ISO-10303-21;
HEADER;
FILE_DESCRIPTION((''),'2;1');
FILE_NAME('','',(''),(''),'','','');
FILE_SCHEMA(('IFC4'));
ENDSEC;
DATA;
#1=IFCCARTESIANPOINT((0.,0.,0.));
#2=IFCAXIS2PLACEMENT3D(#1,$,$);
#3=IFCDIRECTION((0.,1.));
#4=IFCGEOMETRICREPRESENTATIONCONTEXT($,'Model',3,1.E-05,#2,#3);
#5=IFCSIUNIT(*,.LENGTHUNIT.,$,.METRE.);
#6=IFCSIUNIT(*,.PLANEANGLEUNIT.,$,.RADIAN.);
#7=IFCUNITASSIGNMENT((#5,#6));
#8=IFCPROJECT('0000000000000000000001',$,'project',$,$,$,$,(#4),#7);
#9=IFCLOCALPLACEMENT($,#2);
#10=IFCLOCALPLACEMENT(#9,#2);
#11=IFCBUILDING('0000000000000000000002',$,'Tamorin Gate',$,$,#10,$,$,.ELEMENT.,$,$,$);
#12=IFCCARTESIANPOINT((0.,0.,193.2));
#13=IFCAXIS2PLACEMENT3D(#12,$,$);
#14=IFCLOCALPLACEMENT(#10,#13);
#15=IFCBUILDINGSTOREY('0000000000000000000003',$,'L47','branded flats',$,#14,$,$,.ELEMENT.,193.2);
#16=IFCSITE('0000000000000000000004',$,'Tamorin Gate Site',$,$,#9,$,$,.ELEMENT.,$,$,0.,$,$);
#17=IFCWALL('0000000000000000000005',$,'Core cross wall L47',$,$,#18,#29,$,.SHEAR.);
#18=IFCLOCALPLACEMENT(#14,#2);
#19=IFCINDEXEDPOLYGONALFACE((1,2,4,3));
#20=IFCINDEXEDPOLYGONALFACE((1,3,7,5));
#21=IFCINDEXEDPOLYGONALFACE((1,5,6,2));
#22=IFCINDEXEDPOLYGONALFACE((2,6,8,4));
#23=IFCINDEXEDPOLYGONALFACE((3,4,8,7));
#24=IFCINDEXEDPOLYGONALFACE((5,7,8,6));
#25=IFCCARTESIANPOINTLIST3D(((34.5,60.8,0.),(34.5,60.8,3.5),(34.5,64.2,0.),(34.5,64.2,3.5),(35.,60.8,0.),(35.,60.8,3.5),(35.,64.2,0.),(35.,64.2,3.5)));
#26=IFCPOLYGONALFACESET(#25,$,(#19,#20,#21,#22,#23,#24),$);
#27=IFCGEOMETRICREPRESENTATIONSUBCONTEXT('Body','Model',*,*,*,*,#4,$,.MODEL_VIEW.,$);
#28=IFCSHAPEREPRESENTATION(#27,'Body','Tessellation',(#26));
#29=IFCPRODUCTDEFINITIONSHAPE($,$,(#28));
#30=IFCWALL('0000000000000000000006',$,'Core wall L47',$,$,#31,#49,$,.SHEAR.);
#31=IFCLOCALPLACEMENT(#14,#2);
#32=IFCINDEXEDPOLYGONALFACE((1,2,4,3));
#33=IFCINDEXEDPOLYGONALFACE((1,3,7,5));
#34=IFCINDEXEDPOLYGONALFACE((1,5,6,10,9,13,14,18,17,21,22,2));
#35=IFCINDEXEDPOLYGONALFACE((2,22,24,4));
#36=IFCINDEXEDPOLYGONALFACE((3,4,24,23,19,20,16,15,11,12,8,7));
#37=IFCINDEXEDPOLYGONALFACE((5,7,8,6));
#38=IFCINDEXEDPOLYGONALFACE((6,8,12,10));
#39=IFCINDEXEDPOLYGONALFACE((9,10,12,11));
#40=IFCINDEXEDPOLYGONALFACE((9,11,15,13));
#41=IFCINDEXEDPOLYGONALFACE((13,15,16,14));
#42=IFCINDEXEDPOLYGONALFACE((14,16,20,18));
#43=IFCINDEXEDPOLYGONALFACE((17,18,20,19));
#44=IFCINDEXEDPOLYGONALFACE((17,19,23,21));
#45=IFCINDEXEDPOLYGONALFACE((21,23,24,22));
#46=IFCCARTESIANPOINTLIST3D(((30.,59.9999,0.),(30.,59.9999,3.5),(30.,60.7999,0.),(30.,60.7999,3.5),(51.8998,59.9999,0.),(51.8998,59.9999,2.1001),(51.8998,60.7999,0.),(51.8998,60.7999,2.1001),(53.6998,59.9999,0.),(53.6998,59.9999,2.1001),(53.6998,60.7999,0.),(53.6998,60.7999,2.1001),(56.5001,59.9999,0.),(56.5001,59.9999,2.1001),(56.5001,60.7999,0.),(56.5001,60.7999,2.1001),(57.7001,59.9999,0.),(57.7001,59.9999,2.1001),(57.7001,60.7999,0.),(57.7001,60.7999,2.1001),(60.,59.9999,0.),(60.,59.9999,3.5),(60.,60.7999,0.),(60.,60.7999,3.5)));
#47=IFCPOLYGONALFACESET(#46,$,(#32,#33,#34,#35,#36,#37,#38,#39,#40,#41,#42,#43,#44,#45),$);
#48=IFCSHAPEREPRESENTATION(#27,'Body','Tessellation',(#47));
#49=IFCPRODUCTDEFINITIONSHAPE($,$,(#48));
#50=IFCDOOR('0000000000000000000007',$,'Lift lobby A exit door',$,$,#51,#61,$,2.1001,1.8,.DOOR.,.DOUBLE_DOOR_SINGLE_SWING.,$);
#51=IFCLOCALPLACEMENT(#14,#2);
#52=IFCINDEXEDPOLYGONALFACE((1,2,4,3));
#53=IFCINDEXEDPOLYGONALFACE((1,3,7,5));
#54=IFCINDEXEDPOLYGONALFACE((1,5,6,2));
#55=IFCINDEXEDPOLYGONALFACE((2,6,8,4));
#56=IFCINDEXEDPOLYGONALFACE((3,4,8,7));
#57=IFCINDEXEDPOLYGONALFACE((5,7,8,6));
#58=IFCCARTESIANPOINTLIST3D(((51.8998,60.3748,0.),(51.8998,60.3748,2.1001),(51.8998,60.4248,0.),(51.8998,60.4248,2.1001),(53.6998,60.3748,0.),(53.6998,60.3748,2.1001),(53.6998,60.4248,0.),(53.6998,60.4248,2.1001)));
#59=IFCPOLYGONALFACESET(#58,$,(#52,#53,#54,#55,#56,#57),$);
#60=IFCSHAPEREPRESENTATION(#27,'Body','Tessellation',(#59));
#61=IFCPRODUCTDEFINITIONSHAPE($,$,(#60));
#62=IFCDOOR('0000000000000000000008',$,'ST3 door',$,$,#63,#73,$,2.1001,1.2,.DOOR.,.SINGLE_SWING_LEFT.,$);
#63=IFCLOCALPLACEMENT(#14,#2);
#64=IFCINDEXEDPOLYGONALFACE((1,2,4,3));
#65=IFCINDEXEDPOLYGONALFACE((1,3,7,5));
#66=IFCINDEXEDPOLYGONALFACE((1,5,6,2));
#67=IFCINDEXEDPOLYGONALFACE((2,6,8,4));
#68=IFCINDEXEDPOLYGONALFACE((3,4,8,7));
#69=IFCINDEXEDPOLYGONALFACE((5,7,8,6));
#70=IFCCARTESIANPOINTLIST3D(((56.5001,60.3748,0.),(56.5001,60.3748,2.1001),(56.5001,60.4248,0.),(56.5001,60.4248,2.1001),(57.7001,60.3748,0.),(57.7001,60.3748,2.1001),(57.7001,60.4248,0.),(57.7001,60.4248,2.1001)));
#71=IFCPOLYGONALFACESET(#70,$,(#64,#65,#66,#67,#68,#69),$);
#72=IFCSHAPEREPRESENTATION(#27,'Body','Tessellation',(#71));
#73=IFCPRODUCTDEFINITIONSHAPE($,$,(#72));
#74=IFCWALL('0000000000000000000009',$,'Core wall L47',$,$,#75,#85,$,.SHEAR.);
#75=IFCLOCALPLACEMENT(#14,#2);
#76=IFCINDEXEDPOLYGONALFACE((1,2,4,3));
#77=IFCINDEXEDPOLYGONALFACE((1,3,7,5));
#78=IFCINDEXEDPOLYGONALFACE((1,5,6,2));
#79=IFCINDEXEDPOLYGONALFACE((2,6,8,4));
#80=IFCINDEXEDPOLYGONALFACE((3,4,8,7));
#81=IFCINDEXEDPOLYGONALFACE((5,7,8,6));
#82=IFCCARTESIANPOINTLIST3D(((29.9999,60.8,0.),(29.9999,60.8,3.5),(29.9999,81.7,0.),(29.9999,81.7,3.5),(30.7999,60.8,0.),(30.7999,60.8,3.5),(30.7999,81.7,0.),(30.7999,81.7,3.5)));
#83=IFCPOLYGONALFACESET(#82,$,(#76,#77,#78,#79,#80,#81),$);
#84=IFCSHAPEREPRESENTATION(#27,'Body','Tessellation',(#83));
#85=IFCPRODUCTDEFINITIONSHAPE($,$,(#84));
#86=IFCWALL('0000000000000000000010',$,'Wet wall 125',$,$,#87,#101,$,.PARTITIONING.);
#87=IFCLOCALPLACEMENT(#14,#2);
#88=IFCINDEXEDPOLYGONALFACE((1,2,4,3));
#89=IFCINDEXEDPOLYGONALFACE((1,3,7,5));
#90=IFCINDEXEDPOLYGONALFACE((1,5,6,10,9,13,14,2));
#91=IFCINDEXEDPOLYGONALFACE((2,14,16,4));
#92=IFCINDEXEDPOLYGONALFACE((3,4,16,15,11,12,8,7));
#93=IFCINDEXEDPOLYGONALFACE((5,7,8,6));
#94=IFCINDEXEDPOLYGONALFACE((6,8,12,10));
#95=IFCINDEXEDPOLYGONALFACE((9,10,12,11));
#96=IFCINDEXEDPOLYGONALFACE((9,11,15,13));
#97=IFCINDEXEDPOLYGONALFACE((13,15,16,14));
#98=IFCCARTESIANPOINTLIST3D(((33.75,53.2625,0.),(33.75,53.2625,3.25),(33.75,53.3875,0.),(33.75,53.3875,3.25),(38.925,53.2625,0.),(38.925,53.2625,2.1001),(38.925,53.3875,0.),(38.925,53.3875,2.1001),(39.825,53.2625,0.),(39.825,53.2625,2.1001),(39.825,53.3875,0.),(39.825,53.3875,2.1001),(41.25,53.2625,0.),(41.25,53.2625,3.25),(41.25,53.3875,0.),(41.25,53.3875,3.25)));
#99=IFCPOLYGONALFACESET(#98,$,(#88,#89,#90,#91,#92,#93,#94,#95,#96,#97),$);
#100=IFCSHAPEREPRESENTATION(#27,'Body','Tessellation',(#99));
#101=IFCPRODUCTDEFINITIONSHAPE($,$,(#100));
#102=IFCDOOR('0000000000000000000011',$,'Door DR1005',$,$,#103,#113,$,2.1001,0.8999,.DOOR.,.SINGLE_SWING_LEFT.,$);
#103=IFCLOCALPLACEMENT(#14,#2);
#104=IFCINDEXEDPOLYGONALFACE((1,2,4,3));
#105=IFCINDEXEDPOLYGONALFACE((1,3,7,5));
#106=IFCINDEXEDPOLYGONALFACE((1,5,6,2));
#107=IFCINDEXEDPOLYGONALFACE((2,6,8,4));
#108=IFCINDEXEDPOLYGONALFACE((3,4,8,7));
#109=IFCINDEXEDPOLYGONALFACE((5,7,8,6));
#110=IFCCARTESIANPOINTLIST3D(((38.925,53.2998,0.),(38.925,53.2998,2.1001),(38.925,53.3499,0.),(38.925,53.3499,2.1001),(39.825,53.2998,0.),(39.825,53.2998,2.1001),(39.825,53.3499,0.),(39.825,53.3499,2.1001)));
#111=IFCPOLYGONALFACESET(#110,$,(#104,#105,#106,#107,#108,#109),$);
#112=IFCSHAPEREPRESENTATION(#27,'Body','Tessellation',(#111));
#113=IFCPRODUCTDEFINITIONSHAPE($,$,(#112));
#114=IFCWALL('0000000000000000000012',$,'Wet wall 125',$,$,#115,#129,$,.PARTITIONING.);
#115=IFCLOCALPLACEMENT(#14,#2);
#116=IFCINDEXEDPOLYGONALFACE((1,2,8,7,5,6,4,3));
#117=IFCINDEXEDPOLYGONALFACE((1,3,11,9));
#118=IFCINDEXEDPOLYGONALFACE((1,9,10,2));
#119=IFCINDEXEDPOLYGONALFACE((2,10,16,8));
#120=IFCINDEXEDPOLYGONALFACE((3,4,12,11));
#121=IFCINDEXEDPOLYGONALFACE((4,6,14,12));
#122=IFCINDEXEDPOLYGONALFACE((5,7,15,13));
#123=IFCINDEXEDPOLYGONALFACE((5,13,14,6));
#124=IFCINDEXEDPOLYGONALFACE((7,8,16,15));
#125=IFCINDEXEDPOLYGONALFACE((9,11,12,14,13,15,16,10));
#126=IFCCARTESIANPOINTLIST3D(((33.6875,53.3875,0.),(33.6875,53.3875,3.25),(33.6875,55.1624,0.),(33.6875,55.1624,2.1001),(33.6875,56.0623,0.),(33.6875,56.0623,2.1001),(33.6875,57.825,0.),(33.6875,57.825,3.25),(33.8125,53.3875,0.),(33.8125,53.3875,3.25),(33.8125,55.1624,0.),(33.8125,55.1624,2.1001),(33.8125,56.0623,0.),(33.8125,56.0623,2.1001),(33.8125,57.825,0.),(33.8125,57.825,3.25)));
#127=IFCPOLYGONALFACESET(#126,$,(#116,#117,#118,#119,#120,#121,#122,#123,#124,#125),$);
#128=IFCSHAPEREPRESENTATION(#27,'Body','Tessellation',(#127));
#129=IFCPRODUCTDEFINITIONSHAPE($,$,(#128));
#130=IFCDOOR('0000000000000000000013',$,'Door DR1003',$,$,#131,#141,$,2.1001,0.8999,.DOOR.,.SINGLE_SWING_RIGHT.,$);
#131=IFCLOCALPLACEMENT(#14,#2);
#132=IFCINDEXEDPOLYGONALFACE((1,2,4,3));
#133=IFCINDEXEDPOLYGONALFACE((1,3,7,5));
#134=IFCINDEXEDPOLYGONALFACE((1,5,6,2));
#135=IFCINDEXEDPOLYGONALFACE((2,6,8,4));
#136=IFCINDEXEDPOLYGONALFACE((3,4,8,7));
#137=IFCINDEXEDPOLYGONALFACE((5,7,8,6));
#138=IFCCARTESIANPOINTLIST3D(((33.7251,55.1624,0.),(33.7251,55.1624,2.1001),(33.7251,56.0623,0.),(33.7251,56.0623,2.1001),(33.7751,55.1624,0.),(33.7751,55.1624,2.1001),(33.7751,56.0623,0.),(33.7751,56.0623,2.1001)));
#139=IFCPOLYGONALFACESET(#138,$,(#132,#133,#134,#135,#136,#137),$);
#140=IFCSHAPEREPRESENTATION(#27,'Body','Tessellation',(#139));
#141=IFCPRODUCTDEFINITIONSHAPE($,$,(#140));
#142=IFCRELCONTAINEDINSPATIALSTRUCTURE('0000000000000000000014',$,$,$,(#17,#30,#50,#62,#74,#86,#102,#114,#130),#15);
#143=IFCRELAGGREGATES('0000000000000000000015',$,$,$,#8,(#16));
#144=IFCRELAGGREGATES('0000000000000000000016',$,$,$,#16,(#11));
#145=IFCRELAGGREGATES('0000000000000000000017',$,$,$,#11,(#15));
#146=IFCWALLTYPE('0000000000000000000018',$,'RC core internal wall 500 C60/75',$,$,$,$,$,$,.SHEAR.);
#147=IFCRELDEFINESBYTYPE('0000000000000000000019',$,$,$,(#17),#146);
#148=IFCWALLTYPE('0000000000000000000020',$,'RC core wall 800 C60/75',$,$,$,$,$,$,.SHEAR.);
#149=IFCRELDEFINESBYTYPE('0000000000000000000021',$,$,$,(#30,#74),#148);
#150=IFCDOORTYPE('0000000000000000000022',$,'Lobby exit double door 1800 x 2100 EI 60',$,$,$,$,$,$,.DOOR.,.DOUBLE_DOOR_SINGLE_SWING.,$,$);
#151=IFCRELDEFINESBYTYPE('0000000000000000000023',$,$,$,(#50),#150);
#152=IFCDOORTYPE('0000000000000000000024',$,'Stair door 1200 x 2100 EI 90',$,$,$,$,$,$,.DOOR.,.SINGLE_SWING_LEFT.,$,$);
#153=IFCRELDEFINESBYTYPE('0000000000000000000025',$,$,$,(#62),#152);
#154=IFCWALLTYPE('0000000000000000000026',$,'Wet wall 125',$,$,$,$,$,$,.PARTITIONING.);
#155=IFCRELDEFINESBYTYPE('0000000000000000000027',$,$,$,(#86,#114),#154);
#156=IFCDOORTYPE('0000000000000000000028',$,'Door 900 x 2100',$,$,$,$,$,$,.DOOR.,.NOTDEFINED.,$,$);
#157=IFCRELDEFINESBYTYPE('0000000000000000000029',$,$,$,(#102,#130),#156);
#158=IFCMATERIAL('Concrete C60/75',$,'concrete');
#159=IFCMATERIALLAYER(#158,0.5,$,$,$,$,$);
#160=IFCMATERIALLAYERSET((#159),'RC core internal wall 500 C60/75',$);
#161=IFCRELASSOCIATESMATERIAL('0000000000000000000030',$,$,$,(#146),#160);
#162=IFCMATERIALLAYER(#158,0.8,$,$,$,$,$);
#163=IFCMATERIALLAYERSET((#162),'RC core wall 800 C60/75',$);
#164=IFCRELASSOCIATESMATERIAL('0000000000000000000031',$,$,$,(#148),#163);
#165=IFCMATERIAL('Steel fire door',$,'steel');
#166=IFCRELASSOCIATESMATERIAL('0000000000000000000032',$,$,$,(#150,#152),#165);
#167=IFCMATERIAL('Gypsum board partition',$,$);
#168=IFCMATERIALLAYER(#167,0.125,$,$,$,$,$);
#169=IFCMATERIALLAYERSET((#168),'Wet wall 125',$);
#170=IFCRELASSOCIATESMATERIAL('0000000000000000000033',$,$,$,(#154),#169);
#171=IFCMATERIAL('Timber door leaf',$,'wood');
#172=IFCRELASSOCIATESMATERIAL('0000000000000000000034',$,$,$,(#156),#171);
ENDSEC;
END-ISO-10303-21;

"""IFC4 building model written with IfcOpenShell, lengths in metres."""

from ifc_helpers import new_model, si_unit, direction, frame, frame_2d, origin, place, context, subcontext, project, spatial, rectangle, extrude, material, layer, layer_set, type_object, element, fill, save


model = new_model("IFC4")

# Units and contexts
model_context = context("Model", 3, precision=1e-05, world=origin(), true_north=direction((0.0, 1.0)))
body_context = subcontext(model_context, "Body", "Model", "MODEL_VIEW")
ifc_project = project(units=[si_unit("LENGTHUNIT", "METRE"), si_unit("PLANEANGLEUNIT", "RADIAN")], contexts=[model_context])

# Site, building, storey
site_placement = place(None, origin())
site = spatial("IfcSite", under=ifc_project, at=site_placement, Name="Tamorin Gate Site", CompositionType="ELEMENT", RefElevation=0.0)
building_placement = place(site_placement, origin())
building = spatial("IfcBuilding", under=site, at=building_placement, Name="Tamorin Gate", CompositionType="ELEMENT")
storey_placement = place(building_placement, frame((0.0, 0.0, 193.2)))
storey = spatial("IfcBuildingStorey", under=building, at=storey_placement, Name="L47", Description="branded flats", CompositionType="ELEMENT", Elevation=193.2)

# Shared definitions
ifc_material_1 = material(Name="Concrete C60/75", Category="concrete")

# Shared definitions
ifc_material_2 = material(Name="Gypsum board partition")
ifc_material_3 = material(Name="Timber door leaf", Category="wood")

# Wall
ifc_layer_1 = layer(ifc_material_1, 0.5)
ifc_layer_set_1 = layer_set([ifc_layer_1], Name="RC core internal wall 500 C60/75")
wall_type_1 = type_object("IfcWallType", Name="RC core internal wall 500 C60/75", PredefinedType="SHEAR", material=ifc_layer_set_1)
wall_1_placement = place(storey_placement, frame((34.75, 60.8, 0.0), z_axis=(0.0, 0.0, 1.0), x_axis=(0.0, 1.0, 0.0)))
element("IfcWall", 1, at=wall_1_placement, inside=storey, type_object=wall_type_1, Name="Core cross wall L47", PredefinedType="SHEAR", context=body_context, shape_type="SweptSolid", body=[
    extrude(rectangle(XDim=3.3999, YDim=0.5, at=frame_2d((1.7, 0.0))), origin(), (0.0, 0.0, 1.0), 3.5),
])

# Wall, openings, doors
ifc_layer_2 = layer(ifc_material_1, 0.8)
ifc_layer_set_2 = layer_set([ifc_layer_2], Name="RC core wall 800 C60/75")
wall_type_2 = type_object("IfcWallType", Name="RC core wall 800 C60/75", PredefinedType="SHEAR", material=ifc_layer_set_2)
wall_2_placement = place(storey_placement, frame((30.0, 60.3999, 0.0), z_axis=(0.0, 0.0, 1.0), x_axis=(1.0, 0.0, 0.0)))
wall_2 = element("IfcWall", 2, at=wall_2_placement, inside=storey, type_object=wall_type_2, Name="Core wall L47", PredefinedType="SHEAR", context=body_context, shape_type="SweptSolid", body=[
    extrude(rectangle(XDim=30.0, YDim=0.8, at=frame_2d((15.0, 0.0))), origin(), (0.0, 0.0, 1.0), 3.5),
])
opening_1_placement = place(wall_2_placement, frame((21.8999, 0.0, 0.0)))
opening_1 = element("IfcOpeningElement", 3, at=opening_1_placement, cuts=wall_2, PredefinedType="OPENING", context=body_context, shape_type="SweptSolid", body=[
    extrude(rectangle(XDim=1.8, YDim=2.1001, at=frame_2d((0.8999, 1.05))), frame((0.0, 0.4099, 0.0), z_axis=(0.0, -1.0, 0.0), x_axis=(1.0, 0.0, 0.0)), (0.0, 0.0, 1.0), 0.8201),
])
opening_2_placement = place(wall_2_placement, frame((26.5, 0.0, 0.0)))
opening_2 = element("IfcOpeningElement", 4, at=opening_2_placement, cuts=wall_2, PredefinedType="OPENING", context=body_context, shape_type="SweptSolid", body=[
    extrude(rectangle(XDim=1.2, YDim=2.1001, at=frame_2d((0.6001, 1.05))), frame((0.0, 0.4099, 0.0), z_axis=(0.0, -1.0, 0.0), x_axis=(1.0, 0.0, 0.0)), (0.0, 0.0, 1.0), 0.8201),
])
ifc_material_4 = material(Name="Steel fire door", Category="steel")
door_type_1 = type_object("IfcDoorType", Name="Lobby exit double door 1800 x 2100 EI 60", OperationType="DOUBLE_DOOR_SINGLE_SWING", PredefinedType="DOOR", material=ifc_material_4)
door_1_placement = place(opening_1_placement, origin())
door_1 = element("IfcDoor", 5, at=door_1_placement, inside=storey, type_object=door_type_1, Name="Lift lobby A exit door", OperationType="DOUBLE_DOOR_SINGLE_SWING", OverallHeight=2.1001, OverallWidth=1.8, PredefinedType="DOOR", context=body_context, shape_type="SweptSolid", body=[
    extrude(rectangle(XDim=1.8, YDim=2.1001, at=frame_2d((0.8999, 1.05))), frame((0.0, 0.0249, 0.0), z_axis=(0.0, -1.0, 0.0), x_axis=(1.0, 0.0, 0.0)), (0.0, 0.0, 1.0), 0.05),
])
fill(opening_1, door_1)
door_type_2 = type_object("IfcDoorType", Name="Stair door 1200 x 2100 EI 90", OperationType="SINGLE_SWING_LEFT", PredefinedType="DOOR", material=ifc_material_4)
door_2_placement = place(opening_2_placement, origin())
door_2 = element("IfcDoor", 6, at=door_2_placement, inside=storey, type_object=door_type_2, Name="ST3 door", OperationType="SINGLE_SWING_LEFT", OverallHeight=2.1001, OverallWidth=1.2, PredefinedType="DOOR", context=body_context, shape_type="SweptSolid", body=[
    extrude(rectangle(XDim=1.2, YDim=2.1001, at=frame_2d((0.6001, 1.05))), frame((0.0, 0.0249, 0.0), z_axis=(0.0, -1.0, 0.0), x_axis=(1.0, 0.0, 0.0)), (0.0, 0.0, 1.0), 0.05),
])
fill(opening_2, door_2)

# Wall
wall_3_placement = place(storey_placement, frame((30.3999, 60.8, 0.0), z_axis=(0.0, 0.0, 1.0), x_axis=(0.0, 1.0, 0.0)))
element("IfcWall", 7, at=wall_3_placement, inside=storey, type_object=wall_type_2, Name="Core wall L47", PredefinedType="SHEAR", context=body_context, shape_type="SweptSolid", body=[
    extrude(rectangle(XDim=20.8999, YDim=0.8, at=frame_2d((10.45, 0.0))), origin(), (0.0, 0.0, 1.0), 3.5),
])

# Walls, openings, doors
ifc_layer_3 = layer(ifc_material_2, 0.125)
ifc_layer_set_3 = layer_set([ifc_layer_3], Name="Wet wall 125")
wall_type_3 = type_object("IfcWallType", Name="Wet wall 125", PredefinedType="PARTITIONING", material=ifc_layer_set_3)
wall_4_placement = place(storey_placement, frame((33.75, 53.325, 0.0), z_axis=(0.0, 0.0, 1.0), x_axis=(1.0, 0.0, 0.0)))
wall_4 = element("IfcWall", 8, at=wall_4_placement, inside=storey, type_object=wall_type_3, Name="Wet wall 125", PredefinedType="PARTITIONING", context=body_context, shape_type="SweptSolid", body=[
    extrude(rectangle(XDim=7.5, YDim=0.125, at=frame_2d((3.75, 0.0))), origin(), (0.0, 0.0, 1.0), 3.25),
])
opening_3_placement = place(wall_4_placement, frame((5.175, 0.0, 0.0)))
opening_3 = element("IfcOpeningElement", 9, at=opening_3_placement, cuts=wall_4, PredefinedType="OPENING", context=body_context, shape_type="SweptSolid", body=[
    extrude(rectangle(XDim=0.8999, YDim=2.1001, at=frame_2d((0.45, 1.05))), frame((0.0, 0.0725, 0.0), z_axis=(0.0, -1.0, 0.0), x_axis=(1.0, 0.0, 0.0)), (0.0, 0.0, 1.0), 0.145),
])
door_type_3 = type_object("IfcDoorType", Name="Door 900 x 2100", OperationType="NOTDEFINED", PredefinedType="DOOR", material=ifc_material_3)
door_3_placement = place(opening_3_placement, origin())
door_3 = element("IfcDoor", 10, at=door_3_placement, inside=storey, type_object=door_type_3, Name="Door DR1005", OperationType="SINGLE_SWING_LEFT", OverallHeight=2.1001, OverallWidth=0.8999, PredefinedType="DOOR", context=body_context, shape_type="SweptSolid", body=[
    extrude(rectangle(XDim=0.8999, YDim=2.1001, at=frame_2d((0.45, 1.05))), frame((0.0, 0.0249, 0.0), z_axis=(0.0, -1.0, 0.0), x_axis=(1.0, 0.0, 0.0)), (0.0, 0.0, 1.0), 0.05),
])
fill(opening_3, door_3)
wall_5_placement = place(storey_placement, frame((33.75, 53.3875, 0.0), z_axis=(0.0, 0.0, 1.0), x_axis=(0.0, 1.0, 0.0)))
wall_5 = element("IfcWall", 11, at=wall_5_placement, inside=storey, type_object=wall_type_3, Name="Wet wall 125", PredefinedType="PARTITIONING", context=body_context, shape_type="SweptSolid", body=[
    extrude(rectangle(XDim=4.4375, YDim=0.125, at=frame_2d((2.2188, 0.0))), origin(), (0.0, 0.0, 1.0), 3.25),
])
opening_4_placement = place(wall_5_placement, frame((1.7749, 0.0, 0.0)))
opening_4 = element("IfcOpeningElement", 12, at=opening_4_placement, cuts=wall_5, PredefinedType="OPENING", context=body_context, shape_type="SweptSolid", body=[
    extrude(rectangle(XDim=0.8999, YDim=2.1001, at=frame_2d((0.45, 1.05))), frame((0.0, 0.0725, 0.0), z_axis=(0.0, -1.0, 0.0), x_axis=(1.0, 0.0, 0.0)), (0.0, 0.0, 1.0), 0.145),
])
door_4_placement = place(opening_4_placement, origin())
door_4 = element("IfcDoor", 13, at=door_4_placement, inside=storey, type_object=door_type_3, Name="Door DR1003", OperationType="SINGLE_SWING_RIGHT", OverallHeight=2.1001, OverallWidth=0.8999, PredefinedType="DOOR", context=body_context, shape_type="SweptSolid", body=[
    extrude(rectangle(XDim=0.8999, YDim=2.1001, at=frame_2d((0.45, 1.05))), frame((0.0, 0.0249, 0.0), z_axis=(0.0, -1.0, 0.0), x_axis=(1.0, 0.0, 0.0)), (0.0, 0.0, 1.0), 0.05),
])
fill(opening_4, door_4)

save(model, "model.ifc")
